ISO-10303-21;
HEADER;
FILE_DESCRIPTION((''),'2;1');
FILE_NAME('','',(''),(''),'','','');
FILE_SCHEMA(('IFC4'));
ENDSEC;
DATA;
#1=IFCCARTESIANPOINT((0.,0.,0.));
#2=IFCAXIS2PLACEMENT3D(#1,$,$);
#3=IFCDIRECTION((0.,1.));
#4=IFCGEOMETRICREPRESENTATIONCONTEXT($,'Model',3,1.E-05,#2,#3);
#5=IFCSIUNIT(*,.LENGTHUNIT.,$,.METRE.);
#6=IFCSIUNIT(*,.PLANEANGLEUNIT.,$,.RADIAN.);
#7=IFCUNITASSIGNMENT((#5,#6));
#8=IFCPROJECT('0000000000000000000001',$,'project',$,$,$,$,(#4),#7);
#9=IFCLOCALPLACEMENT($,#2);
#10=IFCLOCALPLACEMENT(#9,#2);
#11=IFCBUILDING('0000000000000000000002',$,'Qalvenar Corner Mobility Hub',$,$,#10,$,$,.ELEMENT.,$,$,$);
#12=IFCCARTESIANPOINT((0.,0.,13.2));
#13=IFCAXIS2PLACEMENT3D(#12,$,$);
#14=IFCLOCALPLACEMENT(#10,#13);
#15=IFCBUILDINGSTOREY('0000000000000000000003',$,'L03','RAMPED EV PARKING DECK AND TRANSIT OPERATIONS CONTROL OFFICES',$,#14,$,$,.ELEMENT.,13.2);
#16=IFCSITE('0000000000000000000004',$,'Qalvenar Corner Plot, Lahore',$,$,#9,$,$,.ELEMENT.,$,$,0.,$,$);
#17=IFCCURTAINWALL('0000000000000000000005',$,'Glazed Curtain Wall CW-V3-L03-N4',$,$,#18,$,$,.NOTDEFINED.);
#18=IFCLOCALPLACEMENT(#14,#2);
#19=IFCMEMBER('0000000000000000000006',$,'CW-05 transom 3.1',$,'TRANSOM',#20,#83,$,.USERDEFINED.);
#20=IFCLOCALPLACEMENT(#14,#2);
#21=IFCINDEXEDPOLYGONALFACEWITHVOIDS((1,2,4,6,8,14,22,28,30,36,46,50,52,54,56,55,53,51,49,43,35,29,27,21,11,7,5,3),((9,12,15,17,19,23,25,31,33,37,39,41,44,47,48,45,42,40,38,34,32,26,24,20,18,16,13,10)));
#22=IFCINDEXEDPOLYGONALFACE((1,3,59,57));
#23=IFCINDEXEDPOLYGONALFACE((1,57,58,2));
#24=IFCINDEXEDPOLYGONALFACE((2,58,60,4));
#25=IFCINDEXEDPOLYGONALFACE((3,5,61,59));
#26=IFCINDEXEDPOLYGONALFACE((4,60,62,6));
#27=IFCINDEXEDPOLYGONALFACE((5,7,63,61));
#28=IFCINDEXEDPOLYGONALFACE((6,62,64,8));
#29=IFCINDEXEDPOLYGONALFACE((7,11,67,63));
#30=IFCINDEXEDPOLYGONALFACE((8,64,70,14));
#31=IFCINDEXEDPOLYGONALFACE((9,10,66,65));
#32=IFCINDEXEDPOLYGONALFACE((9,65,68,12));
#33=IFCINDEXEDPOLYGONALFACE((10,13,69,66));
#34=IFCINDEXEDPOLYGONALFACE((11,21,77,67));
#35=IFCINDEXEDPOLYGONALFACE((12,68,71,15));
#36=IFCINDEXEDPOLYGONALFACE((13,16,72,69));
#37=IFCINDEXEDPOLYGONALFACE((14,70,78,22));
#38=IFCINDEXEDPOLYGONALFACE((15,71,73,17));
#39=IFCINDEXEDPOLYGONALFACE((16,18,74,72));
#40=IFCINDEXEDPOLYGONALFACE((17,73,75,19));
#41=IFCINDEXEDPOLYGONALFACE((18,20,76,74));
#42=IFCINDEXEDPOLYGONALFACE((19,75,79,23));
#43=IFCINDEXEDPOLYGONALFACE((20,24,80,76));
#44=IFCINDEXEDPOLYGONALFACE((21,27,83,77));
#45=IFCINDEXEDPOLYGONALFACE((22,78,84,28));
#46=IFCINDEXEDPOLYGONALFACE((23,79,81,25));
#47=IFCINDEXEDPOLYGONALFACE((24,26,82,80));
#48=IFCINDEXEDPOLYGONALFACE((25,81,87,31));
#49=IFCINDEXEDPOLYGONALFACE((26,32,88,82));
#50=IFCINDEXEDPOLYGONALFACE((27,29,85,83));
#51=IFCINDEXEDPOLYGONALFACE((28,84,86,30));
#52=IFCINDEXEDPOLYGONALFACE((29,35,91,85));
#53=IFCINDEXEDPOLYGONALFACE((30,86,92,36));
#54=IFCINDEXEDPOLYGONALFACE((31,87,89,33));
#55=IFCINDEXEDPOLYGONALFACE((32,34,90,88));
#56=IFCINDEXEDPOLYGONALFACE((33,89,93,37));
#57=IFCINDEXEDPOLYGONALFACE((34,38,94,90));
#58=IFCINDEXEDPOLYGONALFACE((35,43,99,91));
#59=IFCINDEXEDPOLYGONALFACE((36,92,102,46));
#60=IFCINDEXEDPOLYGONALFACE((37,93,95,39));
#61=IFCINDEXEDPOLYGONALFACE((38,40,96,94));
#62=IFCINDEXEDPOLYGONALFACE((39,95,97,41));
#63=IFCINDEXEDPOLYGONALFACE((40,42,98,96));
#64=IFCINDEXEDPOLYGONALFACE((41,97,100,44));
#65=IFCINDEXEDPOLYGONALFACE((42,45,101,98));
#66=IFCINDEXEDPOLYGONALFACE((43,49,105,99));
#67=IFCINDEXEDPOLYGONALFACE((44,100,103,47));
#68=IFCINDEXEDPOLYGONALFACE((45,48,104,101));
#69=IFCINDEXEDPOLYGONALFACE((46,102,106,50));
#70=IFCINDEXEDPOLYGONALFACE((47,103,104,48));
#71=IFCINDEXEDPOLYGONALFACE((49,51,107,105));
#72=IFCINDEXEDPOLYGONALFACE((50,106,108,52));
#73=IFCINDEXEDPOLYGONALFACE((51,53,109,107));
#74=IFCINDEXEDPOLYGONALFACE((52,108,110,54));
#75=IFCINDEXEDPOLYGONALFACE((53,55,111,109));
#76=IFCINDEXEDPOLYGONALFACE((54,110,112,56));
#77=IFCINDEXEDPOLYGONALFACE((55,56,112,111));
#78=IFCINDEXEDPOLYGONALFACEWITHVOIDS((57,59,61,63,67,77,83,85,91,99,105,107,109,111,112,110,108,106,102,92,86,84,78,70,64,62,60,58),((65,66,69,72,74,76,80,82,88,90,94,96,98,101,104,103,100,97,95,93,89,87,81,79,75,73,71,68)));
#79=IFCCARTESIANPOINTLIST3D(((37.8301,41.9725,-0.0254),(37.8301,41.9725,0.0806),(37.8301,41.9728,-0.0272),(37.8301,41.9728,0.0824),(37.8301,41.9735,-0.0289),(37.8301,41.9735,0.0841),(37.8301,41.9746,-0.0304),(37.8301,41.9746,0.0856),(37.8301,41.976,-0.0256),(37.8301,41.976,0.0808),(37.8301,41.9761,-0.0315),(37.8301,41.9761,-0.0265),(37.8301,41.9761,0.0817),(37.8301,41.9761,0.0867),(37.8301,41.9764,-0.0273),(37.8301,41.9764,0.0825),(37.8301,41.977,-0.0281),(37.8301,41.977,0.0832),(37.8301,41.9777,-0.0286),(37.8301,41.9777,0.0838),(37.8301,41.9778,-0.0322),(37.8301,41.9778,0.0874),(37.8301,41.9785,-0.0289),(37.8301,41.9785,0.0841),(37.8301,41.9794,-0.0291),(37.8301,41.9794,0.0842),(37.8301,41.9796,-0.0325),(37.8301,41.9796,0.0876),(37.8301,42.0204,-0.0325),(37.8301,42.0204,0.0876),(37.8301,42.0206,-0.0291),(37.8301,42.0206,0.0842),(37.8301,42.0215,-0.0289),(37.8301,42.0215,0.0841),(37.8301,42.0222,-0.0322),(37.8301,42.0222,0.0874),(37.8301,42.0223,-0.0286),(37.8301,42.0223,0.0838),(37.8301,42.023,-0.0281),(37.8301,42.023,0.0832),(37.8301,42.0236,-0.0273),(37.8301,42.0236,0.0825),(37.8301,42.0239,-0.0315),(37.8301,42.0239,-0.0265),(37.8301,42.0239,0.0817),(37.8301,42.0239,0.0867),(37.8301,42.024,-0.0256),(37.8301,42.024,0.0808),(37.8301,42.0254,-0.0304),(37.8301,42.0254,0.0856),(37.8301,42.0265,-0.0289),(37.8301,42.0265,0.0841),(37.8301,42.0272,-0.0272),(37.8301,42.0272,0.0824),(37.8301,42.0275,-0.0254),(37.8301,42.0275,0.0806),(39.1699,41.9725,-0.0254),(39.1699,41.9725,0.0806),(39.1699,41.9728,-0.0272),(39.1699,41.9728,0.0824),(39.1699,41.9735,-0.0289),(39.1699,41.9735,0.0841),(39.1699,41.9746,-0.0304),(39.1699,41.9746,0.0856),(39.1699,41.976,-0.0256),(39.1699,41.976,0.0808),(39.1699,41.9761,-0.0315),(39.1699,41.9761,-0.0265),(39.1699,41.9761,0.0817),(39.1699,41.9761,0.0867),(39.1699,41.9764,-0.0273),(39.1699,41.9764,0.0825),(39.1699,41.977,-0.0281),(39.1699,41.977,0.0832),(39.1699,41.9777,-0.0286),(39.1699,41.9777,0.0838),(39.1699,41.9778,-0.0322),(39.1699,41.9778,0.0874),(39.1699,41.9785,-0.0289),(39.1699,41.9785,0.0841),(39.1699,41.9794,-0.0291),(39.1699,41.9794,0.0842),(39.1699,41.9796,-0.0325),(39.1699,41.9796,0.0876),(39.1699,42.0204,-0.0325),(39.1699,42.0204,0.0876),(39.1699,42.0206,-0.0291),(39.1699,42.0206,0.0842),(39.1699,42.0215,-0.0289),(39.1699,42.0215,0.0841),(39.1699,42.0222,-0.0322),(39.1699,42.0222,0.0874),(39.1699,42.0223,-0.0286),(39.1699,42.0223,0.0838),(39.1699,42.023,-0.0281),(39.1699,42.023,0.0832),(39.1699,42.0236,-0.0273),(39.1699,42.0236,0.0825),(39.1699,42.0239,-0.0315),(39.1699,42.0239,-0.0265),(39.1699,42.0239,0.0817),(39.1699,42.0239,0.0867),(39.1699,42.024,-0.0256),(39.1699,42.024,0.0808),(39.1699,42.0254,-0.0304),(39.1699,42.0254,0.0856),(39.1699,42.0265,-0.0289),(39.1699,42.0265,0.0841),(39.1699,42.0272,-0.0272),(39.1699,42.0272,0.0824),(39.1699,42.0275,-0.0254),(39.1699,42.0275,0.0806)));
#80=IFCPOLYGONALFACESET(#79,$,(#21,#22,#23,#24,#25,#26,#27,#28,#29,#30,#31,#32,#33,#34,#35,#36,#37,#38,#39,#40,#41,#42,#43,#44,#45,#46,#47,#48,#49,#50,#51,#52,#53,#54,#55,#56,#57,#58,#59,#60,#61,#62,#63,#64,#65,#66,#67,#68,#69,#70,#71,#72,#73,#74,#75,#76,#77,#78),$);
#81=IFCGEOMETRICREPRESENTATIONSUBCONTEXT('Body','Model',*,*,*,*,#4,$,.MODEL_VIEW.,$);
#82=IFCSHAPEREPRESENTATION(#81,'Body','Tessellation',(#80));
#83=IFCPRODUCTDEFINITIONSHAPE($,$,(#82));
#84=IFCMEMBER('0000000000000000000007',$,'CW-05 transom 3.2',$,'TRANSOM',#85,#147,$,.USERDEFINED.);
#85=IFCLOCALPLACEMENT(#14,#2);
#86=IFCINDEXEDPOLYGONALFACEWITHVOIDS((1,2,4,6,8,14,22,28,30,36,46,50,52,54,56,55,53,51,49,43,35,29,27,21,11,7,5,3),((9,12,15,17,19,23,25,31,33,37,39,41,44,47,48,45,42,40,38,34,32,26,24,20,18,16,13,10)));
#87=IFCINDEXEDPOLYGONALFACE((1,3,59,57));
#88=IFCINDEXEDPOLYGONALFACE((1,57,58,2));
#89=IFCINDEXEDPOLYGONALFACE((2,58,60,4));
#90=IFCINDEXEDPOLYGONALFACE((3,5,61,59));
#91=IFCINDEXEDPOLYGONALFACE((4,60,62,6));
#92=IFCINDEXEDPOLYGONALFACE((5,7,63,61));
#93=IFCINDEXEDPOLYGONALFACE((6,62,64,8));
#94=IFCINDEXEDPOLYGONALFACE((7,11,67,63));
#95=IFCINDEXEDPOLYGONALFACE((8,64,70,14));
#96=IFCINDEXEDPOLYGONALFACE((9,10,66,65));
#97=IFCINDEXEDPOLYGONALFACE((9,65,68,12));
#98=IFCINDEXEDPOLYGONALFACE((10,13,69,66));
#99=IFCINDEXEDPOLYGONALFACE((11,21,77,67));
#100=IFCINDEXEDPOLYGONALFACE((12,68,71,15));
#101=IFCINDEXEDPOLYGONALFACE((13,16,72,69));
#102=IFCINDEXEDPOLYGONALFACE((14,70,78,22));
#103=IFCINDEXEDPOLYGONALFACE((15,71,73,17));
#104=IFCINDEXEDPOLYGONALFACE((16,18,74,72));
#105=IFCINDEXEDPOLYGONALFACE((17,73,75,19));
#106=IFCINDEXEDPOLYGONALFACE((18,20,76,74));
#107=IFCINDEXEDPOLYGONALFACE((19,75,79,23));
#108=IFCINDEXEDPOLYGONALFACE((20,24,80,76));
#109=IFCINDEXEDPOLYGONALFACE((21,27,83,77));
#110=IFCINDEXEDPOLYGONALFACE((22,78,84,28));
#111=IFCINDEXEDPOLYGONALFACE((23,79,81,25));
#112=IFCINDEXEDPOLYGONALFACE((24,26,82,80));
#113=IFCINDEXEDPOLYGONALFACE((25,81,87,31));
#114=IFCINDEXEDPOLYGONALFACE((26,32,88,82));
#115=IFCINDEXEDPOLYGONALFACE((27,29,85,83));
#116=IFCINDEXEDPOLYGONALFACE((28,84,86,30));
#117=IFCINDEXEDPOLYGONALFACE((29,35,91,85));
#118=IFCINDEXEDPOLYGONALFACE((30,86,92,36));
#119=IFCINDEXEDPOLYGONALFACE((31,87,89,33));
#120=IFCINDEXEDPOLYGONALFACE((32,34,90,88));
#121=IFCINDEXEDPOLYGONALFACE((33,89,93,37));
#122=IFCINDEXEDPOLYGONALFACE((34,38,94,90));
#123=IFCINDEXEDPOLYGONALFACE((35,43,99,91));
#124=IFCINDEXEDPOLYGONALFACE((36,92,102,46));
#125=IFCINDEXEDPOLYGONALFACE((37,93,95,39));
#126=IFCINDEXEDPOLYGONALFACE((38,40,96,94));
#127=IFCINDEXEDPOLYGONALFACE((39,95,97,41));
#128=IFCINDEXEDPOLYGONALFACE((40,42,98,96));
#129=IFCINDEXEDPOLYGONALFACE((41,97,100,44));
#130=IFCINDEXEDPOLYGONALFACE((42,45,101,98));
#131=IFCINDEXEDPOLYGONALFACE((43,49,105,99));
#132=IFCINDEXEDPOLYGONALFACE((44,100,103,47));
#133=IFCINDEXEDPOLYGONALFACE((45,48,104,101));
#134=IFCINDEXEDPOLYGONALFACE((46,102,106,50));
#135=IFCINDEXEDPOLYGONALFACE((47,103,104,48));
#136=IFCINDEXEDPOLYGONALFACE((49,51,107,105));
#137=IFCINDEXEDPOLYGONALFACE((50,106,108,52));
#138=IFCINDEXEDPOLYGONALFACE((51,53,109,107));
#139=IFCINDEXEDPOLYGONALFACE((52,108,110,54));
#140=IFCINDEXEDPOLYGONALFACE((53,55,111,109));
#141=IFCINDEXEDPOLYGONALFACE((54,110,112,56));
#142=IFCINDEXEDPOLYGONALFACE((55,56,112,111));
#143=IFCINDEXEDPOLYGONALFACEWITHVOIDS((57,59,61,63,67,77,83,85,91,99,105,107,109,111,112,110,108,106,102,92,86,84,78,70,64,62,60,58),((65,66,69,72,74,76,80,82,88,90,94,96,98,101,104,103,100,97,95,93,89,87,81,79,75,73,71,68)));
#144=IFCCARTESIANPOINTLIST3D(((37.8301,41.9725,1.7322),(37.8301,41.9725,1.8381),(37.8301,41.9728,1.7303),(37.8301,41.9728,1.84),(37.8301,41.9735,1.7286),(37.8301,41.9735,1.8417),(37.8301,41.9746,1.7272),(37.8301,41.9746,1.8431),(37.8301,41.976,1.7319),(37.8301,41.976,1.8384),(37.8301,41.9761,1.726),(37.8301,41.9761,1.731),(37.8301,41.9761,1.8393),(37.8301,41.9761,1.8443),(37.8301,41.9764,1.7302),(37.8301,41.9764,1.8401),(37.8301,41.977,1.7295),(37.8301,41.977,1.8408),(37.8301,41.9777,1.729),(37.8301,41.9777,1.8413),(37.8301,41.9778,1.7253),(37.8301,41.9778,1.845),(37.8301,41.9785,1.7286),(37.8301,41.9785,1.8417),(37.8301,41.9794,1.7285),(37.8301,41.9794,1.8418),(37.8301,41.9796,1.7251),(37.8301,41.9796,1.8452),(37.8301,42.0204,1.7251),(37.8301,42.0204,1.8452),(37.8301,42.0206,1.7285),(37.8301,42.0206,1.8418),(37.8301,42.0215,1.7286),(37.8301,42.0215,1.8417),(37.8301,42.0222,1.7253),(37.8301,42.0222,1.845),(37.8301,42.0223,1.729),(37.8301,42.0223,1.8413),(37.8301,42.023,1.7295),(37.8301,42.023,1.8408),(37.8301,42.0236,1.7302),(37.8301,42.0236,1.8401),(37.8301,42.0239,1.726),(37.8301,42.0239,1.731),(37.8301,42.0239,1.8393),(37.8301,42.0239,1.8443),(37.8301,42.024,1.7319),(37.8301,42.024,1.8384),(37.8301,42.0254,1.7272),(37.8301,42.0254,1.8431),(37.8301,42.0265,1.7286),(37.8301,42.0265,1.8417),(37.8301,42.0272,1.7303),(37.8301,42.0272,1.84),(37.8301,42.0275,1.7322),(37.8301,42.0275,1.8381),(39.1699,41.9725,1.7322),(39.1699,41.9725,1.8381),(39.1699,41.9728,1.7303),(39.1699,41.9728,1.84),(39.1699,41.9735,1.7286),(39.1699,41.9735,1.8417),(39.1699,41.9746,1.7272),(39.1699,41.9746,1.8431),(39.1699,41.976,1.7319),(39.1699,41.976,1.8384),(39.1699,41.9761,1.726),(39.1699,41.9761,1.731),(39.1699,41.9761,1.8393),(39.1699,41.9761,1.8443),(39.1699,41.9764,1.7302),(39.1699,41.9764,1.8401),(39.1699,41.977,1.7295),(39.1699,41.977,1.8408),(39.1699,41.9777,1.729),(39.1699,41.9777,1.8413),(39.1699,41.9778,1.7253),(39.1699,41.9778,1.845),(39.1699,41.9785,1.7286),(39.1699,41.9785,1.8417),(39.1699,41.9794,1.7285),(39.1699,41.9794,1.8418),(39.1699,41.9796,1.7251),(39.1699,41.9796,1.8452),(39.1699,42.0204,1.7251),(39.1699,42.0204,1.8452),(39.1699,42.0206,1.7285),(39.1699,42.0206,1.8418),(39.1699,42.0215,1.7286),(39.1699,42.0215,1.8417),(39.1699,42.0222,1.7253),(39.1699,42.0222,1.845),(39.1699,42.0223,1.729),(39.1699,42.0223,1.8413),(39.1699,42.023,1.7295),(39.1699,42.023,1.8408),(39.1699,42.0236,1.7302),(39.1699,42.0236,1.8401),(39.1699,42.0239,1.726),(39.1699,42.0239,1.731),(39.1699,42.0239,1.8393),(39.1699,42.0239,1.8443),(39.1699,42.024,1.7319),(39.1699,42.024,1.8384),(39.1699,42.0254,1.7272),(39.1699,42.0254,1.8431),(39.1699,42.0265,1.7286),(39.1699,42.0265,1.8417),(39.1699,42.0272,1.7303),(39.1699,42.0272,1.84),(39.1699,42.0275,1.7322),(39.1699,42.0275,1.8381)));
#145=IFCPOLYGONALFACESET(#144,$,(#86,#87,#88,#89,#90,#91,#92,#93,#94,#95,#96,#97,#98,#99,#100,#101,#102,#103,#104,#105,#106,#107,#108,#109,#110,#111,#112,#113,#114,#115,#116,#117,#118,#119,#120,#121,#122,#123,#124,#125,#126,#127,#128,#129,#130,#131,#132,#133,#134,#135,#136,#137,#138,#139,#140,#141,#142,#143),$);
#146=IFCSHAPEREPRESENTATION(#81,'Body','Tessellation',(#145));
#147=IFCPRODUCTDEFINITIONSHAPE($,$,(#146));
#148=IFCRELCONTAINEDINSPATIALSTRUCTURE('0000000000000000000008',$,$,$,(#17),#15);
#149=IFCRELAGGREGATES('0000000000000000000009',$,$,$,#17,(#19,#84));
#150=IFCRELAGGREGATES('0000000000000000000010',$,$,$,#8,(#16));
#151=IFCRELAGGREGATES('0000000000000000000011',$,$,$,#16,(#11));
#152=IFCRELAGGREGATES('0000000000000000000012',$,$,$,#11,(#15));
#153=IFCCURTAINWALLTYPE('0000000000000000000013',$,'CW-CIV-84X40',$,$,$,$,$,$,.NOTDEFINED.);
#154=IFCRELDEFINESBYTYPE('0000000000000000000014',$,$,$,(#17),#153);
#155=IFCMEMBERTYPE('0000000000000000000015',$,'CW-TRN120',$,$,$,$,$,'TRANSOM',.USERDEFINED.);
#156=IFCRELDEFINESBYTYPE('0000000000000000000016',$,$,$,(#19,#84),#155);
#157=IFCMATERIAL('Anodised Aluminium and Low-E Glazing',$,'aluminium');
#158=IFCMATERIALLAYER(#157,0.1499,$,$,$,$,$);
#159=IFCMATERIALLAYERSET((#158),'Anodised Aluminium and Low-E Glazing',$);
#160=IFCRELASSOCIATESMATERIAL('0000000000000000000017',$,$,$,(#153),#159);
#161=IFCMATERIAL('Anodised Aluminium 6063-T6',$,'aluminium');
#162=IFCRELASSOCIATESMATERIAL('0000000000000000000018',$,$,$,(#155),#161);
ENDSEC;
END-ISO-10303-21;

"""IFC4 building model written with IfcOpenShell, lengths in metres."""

from ifc_helpers import new_model, si_unit, direction, frame, origin, origin_2d, place, context, subcontext, project, spatial, hollow_rectangle, extrude, material, layer, layer_set, material_profile, profile_set, type_object, element, aggregate, save


model = new_model("IFC4")

# Units and contexts
model_context = context("Model", 3, precision=1e-05, world=origin(), true_north=direction((0.0, 1.0)))
body_context = subcontext(model_context, "Body", "Model", "MODEL_VIEW")
ifc_project = project(units=[si_unit("LENGTHUNIT", "METRE"), si_unit("PLANEANGLEUNIT", "RADIAN")], contexts=[model_context])

# Site, building, storey
site_placement = place(None, origin())
site = spatial("IfcSite", under=ifc_project, at=site_placement, Name="Qalvenar Corner Plot, Lahore", CompositionType="ELEMENT", RefElevation=0.0)
building_placement = place(site_placement, origin())
building = spatial("IfcBuilding", under=site, at=building_placement, Name="Qalvenar Corner Mobility Hub", CompositionType="ELEMENT")
storey_placement = place(building_placement, frame((0.0, 0.0, 13.2)))
storey = spatial("IfcBuildingStorey", under=building, at=storey_placement, Name="L03", Description="RAMPED EV PARKING DECK AND TRANSIT OPERATIONS CONTROL OFFICES", CompositionType="ELEMENT", Elevation=13.2)

# Curtain wall, members
ifc_material_1 = material(Name="Anodised Aluminium and Low-E Glazing", Category="aluminium")
ifc_layer_1 = layer(ifc_material_1, 0.1499)
ifc_layer_set_1 = layer_set([ifc_layer_1], Name="Anodised Aluminium and Low-E Glazing")
curtain_wall_type = type_object("IfcCurtainWallType", Name="CW-CIV-84X40", PredefinedType="NOTDEFINED", material=ifc_layer_set_1)
curtain_wall_placement = place(storey_placement, origin())
curtain_wall = element("IfcCurtainWall", 1, at=curtain_wall_placement, inside=storey, type_object=curtain_wall_type, Name="Glazed Curtain Wall CW-V3-L03-N4", PredefinedType="NOTDEFINED")
ifc_material_2 = material(Name="Anodised Aluminium 6063-T6", Category="aluminium")
ifc_material_profile_1 = material_profile(ifc_material_2, hollow_rectangle(XDim=0.0549, YDim=0.1201, WallThickness=0.0034, InnerFilletRadius=0.0034, OuterFilletRadius=0.0071, at=origin_2d()), Name="RHS120x55x3.5")
ifc_profile_set_1 = profile_set([ifc_material_profile_1], Name="Anodised Aluminium 6063-T6")
member_type_1 = type_object("IfcMemberType", Name="CW-TRN120", ElementType="TRANSOM", PredefinedType="USERDEFINED", material=ifc_profile_set_1)
member_1_placement = place(storey_placement, frame((39.1699, 42.0, 0.0276), z_axis=(-1.0, 0.0, 0.0), x_axis=(0.0, -1.0, 0.0)))
member_1 = element("IfcMember", 2, at=member_1_placement, type_object=member_type_1, Name="CW-05 transom 3.1", ObjectType="TRANSOM", PredefinedType="USERDEFINED", context=body_context, shape_type="SweptSolid", body=[
    extrude(hollow_rectangle(XDim=0.0549, YDim=0.1201, WallThickness=0.0034, InnerFilletRadius=0.0034, OuterFilletRadius=0.0071, at=origin_2d()), origin(), (0.0, 0.0, 1.0), 1.3398),
])
member_2_placement = place(storey_placement, frame((39.1699, 42.0, 1.7852), z_axis=(-1.0, 0.0, 0.0), x_axis=(0.0, -1.0, 0.0)))
member_2 = element("IfcMember", 3, at=member_2_placement, type_object=member_type_1, Name="CW-05 transom 3.2", ObjectType="TRANSOM", PredefinedType="USERDEFINED", context=body_context, shape_type="SweptSolid", body=[
    extrude(hollow_rectangle(XDim=0.0549, YDim=0.1201, WallThickness=0.0034, InnerFilletRadius=0.0034, OuterFilletRadius=0.0071, at=origin_2d()), origin(), (0.0, 0.0, 1.0), 1.3398),
])

aggregate(curtain_wall, [member_1, member_2])

save(model, "model.ifc")
